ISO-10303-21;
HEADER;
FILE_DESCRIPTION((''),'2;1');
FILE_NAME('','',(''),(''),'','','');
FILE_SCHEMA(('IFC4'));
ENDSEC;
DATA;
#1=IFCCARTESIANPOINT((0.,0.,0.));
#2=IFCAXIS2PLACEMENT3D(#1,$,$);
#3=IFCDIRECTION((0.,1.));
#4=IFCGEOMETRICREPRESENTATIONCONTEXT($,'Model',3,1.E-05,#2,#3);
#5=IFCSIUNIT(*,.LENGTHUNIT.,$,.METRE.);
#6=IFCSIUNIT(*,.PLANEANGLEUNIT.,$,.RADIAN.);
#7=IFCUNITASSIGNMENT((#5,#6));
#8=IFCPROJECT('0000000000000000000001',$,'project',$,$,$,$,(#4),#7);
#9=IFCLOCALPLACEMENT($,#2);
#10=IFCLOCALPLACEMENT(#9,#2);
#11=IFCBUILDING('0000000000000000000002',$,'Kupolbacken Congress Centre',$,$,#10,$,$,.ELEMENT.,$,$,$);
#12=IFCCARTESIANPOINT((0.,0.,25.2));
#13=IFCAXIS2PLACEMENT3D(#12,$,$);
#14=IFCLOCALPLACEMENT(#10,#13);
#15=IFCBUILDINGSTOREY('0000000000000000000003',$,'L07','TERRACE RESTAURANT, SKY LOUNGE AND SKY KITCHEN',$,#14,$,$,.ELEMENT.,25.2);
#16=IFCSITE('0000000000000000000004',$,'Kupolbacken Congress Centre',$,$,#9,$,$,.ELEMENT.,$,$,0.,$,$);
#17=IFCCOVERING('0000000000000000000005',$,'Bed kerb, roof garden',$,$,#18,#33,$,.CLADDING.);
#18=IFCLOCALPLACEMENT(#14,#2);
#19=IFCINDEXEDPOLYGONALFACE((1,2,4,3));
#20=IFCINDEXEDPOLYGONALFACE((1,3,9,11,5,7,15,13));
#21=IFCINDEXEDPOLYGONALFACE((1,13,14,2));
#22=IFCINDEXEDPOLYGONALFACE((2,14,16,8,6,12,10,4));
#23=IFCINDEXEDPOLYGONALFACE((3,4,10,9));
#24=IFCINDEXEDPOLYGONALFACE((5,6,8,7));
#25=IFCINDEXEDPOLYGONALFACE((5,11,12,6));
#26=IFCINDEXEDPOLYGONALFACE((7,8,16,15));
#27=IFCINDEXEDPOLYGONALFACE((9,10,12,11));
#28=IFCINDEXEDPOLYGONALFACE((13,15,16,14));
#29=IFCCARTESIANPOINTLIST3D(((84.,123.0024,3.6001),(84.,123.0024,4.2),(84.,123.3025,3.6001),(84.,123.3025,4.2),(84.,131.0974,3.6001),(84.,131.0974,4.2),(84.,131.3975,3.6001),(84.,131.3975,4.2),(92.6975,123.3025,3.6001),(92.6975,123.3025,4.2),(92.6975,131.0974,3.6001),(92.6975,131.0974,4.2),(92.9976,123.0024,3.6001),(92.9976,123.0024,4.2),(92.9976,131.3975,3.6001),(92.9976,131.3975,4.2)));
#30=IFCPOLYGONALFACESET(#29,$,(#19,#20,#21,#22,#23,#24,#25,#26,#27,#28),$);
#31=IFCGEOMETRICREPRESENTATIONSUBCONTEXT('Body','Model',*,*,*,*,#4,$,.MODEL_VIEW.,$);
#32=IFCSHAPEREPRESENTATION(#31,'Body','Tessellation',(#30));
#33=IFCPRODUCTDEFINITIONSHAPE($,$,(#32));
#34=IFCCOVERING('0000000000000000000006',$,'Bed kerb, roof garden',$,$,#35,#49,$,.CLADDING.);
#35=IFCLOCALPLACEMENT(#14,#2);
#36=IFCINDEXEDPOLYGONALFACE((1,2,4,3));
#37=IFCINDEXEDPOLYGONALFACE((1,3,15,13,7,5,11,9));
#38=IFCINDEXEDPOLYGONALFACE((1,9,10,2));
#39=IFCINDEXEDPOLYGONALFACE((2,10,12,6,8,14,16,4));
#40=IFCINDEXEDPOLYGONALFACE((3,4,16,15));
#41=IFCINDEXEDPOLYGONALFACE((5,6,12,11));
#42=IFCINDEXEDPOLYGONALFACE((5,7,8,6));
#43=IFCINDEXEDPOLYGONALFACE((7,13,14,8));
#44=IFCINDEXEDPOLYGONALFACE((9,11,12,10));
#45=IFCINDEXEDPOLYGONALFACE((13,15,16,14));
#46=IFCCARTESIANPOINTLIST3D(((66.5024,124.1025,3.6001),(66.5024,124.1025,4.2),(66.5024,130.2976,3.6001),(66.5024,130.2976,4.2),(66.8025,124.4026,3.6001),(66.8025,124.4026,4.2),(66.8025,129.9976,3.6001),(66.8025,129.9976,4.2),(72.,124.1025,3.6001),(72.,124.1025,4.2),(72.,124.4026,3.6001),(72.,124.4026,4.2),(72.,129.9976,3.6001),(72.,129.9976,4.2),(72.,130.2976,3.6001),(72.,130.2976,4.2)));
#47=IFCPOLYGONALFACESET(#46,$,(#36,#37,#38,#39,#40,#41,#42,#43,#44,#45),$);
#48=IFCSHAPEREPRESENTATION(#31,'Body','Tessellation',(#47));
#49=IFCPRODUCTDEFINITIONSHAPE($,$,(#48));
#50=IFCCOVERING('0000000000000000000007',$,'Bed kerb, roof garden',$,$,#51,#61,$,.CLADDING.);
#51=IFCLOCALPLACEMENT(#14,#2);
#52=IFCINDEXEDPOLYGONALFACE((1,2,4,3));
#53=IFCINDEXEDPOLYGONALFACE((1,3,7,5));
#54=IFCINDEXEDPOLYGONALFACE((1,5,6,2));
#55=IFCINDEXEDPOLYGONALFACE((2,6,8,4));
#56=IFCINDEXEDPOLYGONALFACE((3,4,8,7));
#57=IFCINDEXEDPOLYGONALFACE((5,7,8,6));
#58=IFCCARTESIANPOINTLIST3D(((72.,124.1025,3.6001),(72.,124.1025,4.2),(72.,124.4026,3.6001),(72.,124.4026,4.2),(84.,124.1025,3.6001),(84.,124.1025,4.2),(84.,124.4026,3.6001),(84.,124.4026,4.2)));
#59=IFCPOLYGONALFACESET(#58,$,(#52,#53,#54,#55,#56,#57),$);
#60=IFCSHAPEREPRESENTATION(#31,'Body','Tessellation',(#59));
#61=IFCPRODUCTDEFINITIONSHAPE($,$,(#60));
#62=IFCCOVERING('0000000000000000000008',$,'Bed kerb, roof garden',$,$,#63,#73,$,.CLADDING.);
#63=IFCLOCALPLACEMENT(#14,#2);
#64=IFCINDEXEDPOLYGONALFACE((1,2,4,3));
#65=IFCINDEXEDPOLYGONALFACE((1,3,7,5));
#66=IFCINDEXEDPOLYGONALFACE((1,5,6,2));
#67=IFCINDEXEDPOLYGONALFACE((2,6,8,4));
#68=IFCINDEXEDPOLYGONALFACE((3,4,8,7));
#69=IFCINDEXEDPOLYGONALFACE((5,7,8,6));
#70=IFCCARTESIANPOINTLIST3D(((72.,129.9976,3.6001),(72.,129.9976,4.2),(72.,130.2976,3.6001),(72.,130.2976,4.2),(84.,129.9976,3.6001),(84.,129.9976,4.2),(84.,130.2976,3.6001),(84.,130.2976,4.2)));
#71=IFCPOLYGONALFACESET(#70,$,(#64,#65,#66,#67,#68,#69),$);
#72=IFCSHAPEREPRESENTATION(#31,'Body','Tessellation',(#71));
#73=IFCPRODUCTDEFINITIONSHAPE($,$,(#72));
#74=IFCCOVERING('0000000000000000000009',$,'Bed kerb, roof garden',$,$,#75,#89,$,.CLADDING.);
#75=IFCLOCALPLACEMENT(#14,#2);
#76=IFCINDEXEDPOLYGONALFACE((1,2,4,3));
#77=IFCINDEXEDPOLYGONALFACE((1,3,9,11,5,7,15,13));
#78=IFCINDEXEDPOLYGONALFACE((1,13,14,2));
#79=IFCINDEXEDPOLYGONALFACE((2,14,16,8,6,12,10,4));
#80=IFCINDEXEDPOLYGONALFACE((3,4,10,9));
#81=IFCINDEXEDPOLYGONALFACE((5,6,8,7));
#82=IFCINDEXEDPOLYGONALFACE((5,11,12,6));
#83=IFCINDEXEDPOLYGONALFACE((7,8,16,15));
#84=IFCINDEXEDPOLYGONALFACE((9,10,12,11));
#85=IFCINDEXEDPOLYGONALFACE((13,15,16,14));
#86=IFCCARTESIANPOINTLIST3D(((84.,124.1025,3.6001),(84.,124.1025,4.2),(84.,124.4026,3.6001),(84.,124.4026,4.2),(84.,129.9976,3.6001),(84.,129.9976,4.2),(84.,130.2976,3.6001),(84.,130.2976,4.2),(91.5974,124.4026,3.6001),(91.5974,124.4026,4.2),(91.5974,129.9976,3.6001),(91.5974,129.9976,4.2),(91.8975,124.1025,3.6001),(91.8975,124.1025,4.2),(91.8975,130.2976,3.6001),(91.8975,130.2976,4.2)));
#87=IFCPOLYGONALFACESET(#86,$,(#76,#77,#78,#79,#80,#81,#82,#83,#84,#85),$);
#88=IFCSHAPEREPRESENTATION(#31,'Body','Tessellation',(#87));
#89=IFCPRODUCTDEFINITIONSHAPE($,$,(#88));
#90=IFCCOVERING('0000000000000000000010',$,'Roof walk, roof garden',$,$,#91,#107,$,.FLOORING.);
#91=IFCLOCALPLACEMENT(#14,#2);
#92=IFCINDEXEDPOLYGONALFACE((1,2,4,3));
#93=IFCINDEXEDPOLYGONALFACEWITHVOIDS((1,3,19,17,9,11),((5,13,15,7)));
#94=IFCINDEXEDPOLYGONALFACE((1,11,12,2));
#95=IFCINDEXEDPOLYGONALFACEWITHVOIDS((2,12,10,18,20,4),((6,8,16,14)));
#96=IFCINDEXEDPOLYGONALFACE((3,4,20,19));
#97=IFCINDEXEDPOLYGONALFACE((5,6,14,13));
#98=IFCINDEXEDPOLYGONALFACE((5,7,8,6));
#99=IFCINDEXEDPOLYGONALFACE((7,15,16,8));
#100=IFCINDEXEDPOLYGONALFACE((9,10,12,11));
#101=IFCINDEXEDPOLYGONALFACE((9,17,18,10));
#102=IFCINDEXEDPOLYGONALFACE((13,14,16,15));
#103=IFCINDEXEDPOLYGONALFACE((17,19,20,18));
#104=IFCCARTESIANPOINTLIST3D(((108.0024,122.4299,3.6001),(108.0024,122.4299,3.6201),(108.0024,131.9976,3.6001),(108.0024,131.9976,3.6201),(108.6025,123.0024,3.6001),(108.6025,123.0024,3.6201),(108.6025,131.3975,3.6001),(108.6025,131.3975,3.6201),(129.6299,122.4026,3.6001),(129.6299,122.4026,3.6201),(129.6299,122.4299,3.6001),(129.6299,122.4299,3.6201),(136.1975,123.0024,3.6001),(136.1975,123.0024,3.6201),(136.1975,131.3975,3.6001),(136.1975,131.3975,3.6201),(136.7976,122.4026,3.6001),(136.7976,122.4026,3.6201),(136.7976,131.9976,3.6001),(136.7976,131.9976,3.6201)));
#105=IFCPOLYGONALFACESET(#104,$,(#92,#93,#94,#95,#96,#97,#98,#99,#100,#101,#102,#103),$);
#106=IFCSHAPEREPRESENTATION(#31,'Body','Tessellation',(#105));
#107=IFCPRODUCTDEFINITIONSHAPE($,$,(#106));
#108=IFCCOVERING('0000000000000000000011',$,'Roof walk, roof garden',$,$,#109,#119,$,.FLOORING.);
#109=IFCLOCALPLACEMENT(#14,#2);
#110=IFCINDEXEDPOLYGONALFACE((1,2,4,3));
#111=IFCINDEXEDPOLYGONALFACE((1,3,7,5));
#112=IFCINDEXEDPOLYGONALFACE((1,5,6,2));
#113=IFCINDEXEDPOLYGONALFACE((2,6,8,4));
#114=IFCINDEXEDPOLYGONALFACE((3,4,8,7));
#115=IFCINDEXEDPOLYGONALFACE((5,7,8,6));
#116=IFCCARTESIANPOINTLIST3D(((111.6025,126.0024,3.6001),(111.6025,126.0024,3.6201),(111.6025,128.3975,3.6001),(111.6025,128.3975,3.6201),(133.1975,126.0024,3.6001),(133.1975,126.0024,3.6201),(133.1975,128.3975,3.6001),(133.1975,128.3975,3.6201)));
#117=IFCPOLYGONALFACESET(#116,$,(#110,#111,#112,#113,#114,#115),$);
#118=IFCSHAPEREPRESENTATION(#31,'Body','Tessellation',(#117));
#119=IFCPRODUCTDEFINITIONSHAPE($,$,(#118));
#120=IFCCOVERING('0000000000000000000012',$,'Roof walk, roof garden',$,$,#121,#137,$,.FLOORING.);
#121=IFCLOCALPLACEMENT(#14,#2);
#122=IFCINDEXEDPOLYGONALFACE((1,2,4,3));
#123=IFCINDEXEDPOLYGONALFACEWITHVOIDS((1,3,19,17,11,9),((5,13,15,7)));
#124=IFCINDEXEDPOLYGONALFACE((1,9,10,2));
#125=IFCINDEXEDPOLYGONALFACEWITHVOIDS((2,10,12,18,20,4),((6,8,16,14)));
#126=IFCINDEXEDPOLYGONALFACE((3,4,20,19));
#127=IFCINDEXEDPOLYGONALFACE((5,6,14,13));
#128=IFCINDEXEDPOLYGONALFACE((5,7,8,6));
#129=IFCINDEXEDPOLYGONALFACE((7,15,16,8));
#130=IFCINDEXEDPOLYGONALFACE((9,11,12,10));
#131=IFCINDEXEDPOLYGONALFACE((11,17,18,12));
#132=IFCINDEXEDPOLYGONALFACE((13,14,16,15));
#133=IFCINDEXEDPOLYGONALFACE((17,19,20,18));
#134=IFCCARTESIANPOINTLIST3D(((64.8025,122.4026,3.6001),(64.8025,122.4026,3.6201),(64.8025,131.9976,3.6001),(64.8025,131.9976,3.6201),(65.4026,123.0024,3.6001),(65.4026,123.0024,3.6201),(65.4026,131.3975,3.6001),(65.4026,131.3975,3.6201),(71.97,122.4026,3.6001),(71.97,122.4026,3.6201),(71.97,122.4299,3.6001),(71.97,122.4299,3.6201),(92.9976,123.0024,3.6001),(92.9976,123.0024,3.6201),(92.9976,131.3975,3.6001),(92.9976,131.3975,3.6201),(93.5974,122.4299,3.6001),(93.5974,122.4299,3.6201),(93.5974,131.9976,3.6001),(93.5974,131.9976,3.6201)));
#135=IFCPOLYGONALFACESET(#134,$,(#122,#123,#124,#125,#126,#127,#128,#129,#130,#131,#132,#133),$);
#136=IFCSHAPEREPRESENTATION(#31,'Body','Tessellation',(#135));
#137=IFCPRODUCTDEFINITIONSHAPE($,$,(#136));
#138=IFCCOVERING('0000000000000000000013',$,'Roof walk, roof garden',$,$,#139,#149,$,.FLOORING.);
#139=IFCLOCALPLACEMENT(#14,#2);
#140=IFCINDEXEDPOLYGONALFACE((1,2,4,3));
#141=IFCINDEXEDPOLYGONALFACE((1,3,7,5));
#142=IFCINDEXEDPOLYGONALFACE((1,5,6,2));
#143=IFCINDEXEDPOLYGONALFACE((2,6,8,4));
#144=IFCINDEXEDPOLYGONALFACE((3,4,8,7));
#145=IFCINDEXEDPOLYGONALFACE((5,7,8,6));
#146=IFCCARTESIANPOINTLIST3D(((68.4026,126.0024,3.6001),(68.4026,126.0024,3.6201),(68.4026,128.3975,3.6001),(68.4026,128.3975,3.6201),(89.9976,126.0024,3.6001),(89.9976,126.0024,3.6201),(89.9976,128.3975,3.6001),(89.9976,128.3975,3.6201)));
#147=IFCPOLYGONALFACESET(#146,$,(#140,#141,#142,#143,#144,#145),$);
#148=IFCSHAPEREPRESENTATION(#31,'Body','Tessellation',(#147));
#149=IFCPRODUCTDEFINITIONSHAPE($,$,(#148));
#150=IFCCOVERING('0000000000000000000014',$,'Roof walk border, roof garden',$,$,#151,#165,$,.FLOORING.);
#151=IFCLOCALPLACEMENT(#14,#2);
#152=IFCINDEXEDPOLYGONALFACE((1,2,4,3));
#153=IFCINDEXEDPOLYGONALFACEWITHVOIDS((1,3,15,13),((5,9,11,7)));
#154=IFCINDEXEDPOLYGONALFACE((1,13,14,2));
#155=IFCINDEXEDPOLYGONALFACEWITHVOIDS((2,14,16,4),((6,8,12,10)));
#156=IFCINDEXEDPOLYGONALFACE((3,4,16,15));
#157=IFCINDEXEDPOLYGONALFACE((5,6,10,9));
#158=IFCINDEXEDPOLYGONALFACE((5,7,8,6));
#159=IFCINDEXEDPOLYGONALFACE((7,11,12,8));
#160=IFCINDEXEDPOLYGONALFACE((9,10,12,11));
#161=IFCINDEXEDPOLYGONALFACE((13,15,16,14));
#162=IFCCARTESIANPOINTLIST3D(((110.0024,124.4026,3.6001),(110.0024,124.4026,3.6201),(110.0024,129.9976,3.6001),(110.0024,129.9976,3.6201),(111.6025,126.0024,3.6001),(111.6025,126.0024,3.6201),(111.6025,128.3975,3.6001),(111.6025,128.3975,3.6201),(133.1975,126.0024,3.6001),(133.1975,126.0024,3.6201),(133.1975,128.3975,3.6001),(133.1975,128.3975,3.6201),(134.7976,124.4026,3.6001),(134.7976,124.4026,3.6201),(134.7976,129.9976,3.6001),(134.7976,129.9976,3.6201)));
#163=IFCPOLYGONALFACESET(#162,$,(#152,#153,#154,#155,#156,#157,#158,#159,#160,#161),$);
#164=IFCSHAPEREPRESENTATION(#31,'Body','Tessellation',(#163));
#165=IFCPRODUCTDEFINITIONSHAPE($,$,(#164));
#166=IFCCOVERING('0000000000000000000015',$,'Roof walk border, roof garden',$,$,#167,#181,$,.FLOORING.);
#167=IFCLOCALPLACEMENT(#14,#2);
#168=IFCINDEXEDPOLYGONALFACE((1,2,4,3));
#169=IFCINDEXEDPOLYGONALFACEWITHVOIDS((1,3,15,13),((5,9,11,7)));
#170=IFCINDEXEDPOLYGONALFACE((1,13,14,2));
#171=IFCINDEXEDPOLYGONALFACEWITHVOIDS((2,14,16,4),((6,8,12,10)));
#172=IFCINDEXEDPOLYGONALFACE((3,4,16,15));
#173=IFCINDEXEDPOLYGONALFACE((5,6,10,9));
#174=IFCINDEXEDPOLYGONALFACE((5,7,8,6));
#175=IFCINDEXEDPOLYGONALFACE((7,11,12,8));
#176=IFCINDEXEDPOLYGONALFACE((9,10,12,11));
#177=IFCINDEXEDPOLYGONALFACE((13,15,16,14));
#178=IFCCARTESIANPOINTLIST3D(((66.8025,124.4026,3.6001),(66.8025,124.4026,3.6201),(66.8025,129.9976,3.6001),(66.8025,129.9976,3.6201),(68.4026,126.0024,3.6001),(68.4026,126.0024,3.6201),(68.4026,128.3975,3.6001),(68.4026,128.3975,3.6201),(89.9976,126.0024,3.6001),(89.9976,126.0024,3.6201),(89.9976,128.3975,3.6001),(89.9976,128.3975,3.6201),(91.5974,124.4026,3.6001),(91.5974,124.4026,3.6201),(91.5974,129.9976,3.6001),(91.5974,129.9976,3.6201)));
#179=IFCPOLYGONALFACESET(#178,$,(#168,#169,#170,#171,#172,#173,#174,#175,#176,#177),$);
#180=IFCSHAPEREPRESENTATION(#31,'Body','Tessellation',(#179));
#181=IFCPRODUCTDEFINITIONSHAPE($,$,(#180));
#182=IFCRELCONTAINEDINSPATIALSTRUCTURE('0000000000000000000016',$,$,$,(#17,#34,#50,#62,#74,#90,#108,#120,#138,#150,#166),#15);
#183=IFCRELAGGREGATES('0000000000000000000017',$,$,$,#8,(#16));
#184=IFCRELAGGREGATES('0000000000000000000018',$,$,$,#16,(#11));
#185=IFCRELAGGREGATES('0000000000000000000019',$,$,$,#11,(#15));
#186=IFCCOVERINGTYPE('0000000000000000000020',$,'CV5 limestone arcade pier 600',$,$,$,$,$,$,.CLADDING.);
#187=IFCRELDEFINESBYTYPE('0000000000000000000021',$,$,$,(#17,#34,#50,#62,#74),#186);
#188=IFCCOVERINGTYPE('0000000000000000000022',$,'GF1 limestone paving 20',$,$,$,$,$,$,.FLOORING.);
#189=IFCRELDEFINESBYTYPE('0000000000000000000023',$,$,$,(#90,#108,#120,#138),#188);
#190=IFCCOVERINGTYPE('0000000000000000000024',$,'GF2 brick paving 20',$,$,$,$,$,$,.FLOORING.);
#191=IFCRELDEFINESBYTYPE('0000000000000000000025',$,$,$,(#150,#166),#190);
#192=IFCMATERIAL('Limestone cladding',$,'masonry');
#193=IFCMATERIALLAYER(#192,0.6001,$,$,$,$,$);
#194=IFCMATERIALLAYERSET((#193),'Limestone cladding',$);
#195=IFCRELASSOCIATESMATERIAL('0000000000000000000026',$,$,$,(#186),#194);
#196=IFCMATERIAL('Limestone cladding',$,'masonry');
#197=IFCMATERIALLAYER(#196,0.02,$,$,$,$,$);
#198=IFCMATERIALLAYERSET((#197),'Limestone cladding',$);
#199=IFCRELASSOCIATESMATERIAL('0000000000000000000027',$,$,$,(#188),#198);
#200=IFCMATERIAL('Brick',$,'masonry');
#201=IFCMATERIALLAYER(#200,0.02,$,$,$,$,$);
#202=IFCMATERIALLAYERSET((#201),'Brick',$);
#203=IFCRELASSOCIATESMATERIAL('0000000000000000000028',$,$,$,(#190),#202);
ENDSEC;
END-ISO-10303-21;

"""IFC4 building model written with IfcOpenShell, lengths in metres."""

from ifc_helpers import new_model, si_unit, direction, frame, origin, place, context, subcontext, project, spatial, polyline, outline, extrude, material, layer, layer_set, type_object, element, save


model = new_model("IFC4")

# Units and contexts
model_context = context("Model", 3, precision=1e-05, world=origin(), true_north=direction((0.0, 1.0)))
body_context = subcontext(model_context, "Body", "Model", "MODEL_VIEW")
ifc_project = project(units=[si_unit("LENGTHUNIT", "METRE"), si_unit("PLANEANGLEUNIT", "RADIAN")], contexts=[model_context])

# Site, building, storey
site_placement = place(None, origin())
site = spatial("IfcSite", under=ifc_project, at=site_placement, Name="Kupolbacken Congress Centre", CompositionType="ELEMENT", RefElevation=0.0)
building_placement = place(site_placement, origin())
building = spatial("IfcBuilding", under=site, at=building_placement, Name="Kupolbacken Congress Centre", CompositionType="ELEMENT")
storey_placement = place(building_placement, frame((0.0, 0.0, 25.2)))
storey = spatial("IfcBuildingStorey", under=building, at=storey_placement, Name="L07", Description="TERRACE RESTAURANT, SKY LOUNGE AND SKY KITCHEN", CompositionType="ELEMENT", Elevation=25.2)

# Coverings
ifc_material_1 = material(Name="Limestone cladding", Category="masonry")
ifc_layer_1 = layer(ifc_material_1, 0.6001)
ifc_layer_set_1 = layer_set([ifc_layer_1], Name="Limestone cladding")
covering_type_1 = type_object("IfcCoveringType", Name="CV5 limestone arcade pier 600", PredefinedType="CLADDING", material=ifc_layer_set_1)
covering_1_placement = place(storey_placement, frame((0.0, 0.0, 3.6001)))
element("IfcCovering", 1, at=covering_1_placement, inside=storey, type_object=covering_type_1, Name="Bed kerb, roof garden", PredefinedType="CLADDING", context=body_context, shape_type="SweptSolid", body=[
    extrude(outline(polyline([(92.9976, 123.0024), (84.0, 123.0024), (84.0, 123.3025), (92.6975, 123.3025), (92.6975, 131.0974), (84.0, 131.0974), (84.0, 131.3975), (92.9976, 131.3975), (92.9976, 123.0024)])), origin(), (0.0, 0.0, 1.0), 0.5999),
])
covering_2_placement = place(storey_placement, frame((0.0, 0.0, 3.6001)))
element("IfcCovering", 2, at=covering_2_placement, inside=storey, type_object=covering_type_1, Name="Bed kerb, roof garden", PredefinedType="CLADDING", context=body_context, shape_type="SweptSolid", body=[
    extrude(outline(polyline([(66.5024, 124.1025), (66.5024, 130.2976), (72.0, 130.2976), (72.0, 129.9976), (66.8025, 129.9976), (66.8025, 124.4026), (72.0, 124.4026), (72.0, 124.1025), (66.5024, 124.1025)])), origin(), (0.0, 0.0, 1.0), 0.5999),
])
covering_3_placement = place(storey_placement, frame((0.0, 0.0, 3.6001)))
element("IfcCovering", 3, at=covering_3_placement, inside=storey, type_object=covering_type_1, Name="Bed kerb, roof garden", PredefinedType="CLADDING", context=body_context, shape_type="SweptSolid", body=[
    extrude(outline(polyline([(72.0, 124.1025), (72.0, 124.4026), (84.0, 124.4026), (84.0, 124.1025), (72.0, 124.1025)])), origin(), (0.0, 0.0, 1.0), 0.5999),
])
covering_4_placement = place(storey_placement, frame((0.0, 0.0, 3.6001)))
element("IfcCovering", 4, at=covering_4_placement, inside=storey, type_object=covering_type_1, Name="Bed kerb, roof garden", PredefinedType="CLADDING", context=body_context, shape_type="SweptSolid", body=[
    extrude(outline(polyline([(84.0, 130.2976), (84.0, 129.9976), (72.0, 129.9976), (72.0, 130.2976), (84.0, 130.2976)])), origin(), (0.0, 0.0, 1.0), 0.5999),
])
covering_5_placement = place(storey_placement, frame((0.0, 0.0, 3.6001)))
element("IfcCovering", 5, at=covering_5_placement, inside=storey, type_object=covering_type_1, Name="Bed kerb, roof garden", PredefinedType="CLADDING", context=body_context, shape_type="SweptSolid", body=[
    extrude(outline(polyline([(91.8975, 124.1025), (84.0, 124.1025), (84.0, 124.4026), (91.5974, 124.4026), (91.5974, 129.9976), (84.0, 129.9976), (84.0, 130.2976), (91.8975, 130.2976), (91.8975, 124.1025)])), origin(), (0.0, 0.0, 1.0), 0.5999),
])
ifc_material_2 = material(Name="Limestone cladding", Category="masonry")
ifc_layer_2 = layer(ifc_material_2, 0.02)
ifc_layer_set_2 = layer_set([ifc_layer_2], Name="Limestone cladding")
covering_type_2 = type_object("IfcCoveringType", Name="GF1 limestone paving 20", PredefinedType="FLOORING", material=ifc_layer_set_2)
covering_6_placement = place(storey_placement, frame((0.0, 0.0, 3.6001)))
element("IfcCovering", 6, at=covering_6_placement, inside=storey, type_object=covering_type_2, Name="Roof walk, roof garden", PredefinedType="FLOORING", context=body_context, shape_type="SweptSolid", body=[
    extrude(outline(polyline([(129.6299, 122.4299), (108.0024, 122.4299), (108.0024, 131.9976), (136.7976, 131.9976), (136.7976, 122.4026), (129.6299, 122.4026), (129.6299, 122.4299)]), holes=[polyline([(108.6025, 131.3975), (108.6025, 123.0024), (136.1975, 123.0024), (136.1975, 131.3975), (108.6025, 131.3975)])]), origin(), (0.0, 0.0, 1.0), 0.02),
])
covering_7_placement = place(storey_placement, frame((0.0, 0.0, 3.6001)))
element("IfcCovering", 7, at=covering_7_placement, inside=storey, type_object=covering_type_2, Name="Roof walk, roof garden", PredefinedType="FLOORING", context=body_context, shape_type="SweptSolid", body=[
    extrude(outline(polyline([(111.6025, 128.3975), (133.1975, 128.3975), (133.1975, 126.0024), (111.6025, 126.0024), (111.6025, 128.3975)])), origin(), (0.0, 0.0, 1.0), 0.02),
])
covering_8_placement = place(storey_placement, frame((0.0, 0.0, 3.6001)))
element("IfcCovering", 8, at=covering_8_placement, inside=storey, type_object=covering_type_2, Name="Roof walk, roof garden", PredefinedType="FLOORING", context=body_context, shape_type="SweptSolid", body=[
    extrude(outline(polyline([(93.5974, 122.4299), (71.97, 122.4299), (71.97, 122.4026), (64.8025, 122.4026), (64.8025, 131.9976), (93.5974, 131.9976), (93.5974, 122.4299)]), holes=[polyline([(92.9976, 123.0024), (92.9976, 131.3975), (65.4026, 131.3975), (65.4026, 123.0024), (92.9976, 123.0024)])]), origin(), (0.0, 0.0, 1.0), 0.02),
])
covering_9_placement = place(storey_placement, frame((0.0, 0.0, 3.6001)))
element("IfcCovering", 9, at=covering_9_placement, inside=storey, type_object=covering_type_2, Name="Roof walk, roof garden", PredefinedType="FLOORING", context=body_context, shape_type="SweptSolid", body=[
    extrude(outline(polyline([(89.9976, 126.0024), (68.4026, 126.0024), (68.4026, 128.3975), (89.9976, 128.3975), (89.9976, 126.0024)])), origin(), (0.0, 0.0, 1.0), 0.02),
])
ifc_material_3 = material(Name="Brick", Category="masonry")
ifc_layer_3 = layer(ifc_material_3, 0.02)
ifc_layer_set_3 = layer_set([ifc_layer_3], Name="Brick")
covering_type_3 = type_object("IfcCoveringType", Name="GF2 brick paving 20", PredefinedType="FLOORING", material=ifc_layer_set_3)
covering_10_placement = place(storey_placement, frame((0.0, 0.0, 3.6001)))
element("IfcCovering", 10, at=covering_10_placement, inside=storey, type_object=covering_type_3, Name="Roof walk border, roof garden", PredefinedType="FLOORING", context=body_context, shape_type="SweptSolid", body=[
    extrude(outline(polyline([(110.0024, 124.4026), (110.0024, 129.9976), (134.7976, 129.9976), (134.7976, 124.4026), (110.0024, 124.4026)]), holes=[polyline([(133.1975, 128.3975), (111.6025, 128.3975), (111.6025, 126.0024), (133.1975, 126.0024), (133.1975, 128.3975)])]), origin(), (0.0, 0.0, 1.0), 0.02),
])
covering_11_placement = place(storey_placement, frame((0.0, 0.0, 3.6001)))
element("IfcCovering", 11, at=covering_11_placement, inside=storey, type_object=covering_type_3, Name="Roof walk border, roof garden", PredefinedType="FLOORING", context=body_context, shape_type="SweptSolid", body=[
    extrude(outline(polyline([(91.5974, 129.9976), (91.5974, 124.4026), (66.8025, 124.4026), (66.8025, 129.9976), (91.5974, 129.9976)]), holes=[polyline([(68.4026, 126.0024), (89.9976, 126.0024), (89.9976, 128.3975), (68.4026, 128.3975), (68.4026, 126.0024)])]), origin(), (0.0, 0.0, 1.0), 0.02),
])

save(model, "model.ifc")
